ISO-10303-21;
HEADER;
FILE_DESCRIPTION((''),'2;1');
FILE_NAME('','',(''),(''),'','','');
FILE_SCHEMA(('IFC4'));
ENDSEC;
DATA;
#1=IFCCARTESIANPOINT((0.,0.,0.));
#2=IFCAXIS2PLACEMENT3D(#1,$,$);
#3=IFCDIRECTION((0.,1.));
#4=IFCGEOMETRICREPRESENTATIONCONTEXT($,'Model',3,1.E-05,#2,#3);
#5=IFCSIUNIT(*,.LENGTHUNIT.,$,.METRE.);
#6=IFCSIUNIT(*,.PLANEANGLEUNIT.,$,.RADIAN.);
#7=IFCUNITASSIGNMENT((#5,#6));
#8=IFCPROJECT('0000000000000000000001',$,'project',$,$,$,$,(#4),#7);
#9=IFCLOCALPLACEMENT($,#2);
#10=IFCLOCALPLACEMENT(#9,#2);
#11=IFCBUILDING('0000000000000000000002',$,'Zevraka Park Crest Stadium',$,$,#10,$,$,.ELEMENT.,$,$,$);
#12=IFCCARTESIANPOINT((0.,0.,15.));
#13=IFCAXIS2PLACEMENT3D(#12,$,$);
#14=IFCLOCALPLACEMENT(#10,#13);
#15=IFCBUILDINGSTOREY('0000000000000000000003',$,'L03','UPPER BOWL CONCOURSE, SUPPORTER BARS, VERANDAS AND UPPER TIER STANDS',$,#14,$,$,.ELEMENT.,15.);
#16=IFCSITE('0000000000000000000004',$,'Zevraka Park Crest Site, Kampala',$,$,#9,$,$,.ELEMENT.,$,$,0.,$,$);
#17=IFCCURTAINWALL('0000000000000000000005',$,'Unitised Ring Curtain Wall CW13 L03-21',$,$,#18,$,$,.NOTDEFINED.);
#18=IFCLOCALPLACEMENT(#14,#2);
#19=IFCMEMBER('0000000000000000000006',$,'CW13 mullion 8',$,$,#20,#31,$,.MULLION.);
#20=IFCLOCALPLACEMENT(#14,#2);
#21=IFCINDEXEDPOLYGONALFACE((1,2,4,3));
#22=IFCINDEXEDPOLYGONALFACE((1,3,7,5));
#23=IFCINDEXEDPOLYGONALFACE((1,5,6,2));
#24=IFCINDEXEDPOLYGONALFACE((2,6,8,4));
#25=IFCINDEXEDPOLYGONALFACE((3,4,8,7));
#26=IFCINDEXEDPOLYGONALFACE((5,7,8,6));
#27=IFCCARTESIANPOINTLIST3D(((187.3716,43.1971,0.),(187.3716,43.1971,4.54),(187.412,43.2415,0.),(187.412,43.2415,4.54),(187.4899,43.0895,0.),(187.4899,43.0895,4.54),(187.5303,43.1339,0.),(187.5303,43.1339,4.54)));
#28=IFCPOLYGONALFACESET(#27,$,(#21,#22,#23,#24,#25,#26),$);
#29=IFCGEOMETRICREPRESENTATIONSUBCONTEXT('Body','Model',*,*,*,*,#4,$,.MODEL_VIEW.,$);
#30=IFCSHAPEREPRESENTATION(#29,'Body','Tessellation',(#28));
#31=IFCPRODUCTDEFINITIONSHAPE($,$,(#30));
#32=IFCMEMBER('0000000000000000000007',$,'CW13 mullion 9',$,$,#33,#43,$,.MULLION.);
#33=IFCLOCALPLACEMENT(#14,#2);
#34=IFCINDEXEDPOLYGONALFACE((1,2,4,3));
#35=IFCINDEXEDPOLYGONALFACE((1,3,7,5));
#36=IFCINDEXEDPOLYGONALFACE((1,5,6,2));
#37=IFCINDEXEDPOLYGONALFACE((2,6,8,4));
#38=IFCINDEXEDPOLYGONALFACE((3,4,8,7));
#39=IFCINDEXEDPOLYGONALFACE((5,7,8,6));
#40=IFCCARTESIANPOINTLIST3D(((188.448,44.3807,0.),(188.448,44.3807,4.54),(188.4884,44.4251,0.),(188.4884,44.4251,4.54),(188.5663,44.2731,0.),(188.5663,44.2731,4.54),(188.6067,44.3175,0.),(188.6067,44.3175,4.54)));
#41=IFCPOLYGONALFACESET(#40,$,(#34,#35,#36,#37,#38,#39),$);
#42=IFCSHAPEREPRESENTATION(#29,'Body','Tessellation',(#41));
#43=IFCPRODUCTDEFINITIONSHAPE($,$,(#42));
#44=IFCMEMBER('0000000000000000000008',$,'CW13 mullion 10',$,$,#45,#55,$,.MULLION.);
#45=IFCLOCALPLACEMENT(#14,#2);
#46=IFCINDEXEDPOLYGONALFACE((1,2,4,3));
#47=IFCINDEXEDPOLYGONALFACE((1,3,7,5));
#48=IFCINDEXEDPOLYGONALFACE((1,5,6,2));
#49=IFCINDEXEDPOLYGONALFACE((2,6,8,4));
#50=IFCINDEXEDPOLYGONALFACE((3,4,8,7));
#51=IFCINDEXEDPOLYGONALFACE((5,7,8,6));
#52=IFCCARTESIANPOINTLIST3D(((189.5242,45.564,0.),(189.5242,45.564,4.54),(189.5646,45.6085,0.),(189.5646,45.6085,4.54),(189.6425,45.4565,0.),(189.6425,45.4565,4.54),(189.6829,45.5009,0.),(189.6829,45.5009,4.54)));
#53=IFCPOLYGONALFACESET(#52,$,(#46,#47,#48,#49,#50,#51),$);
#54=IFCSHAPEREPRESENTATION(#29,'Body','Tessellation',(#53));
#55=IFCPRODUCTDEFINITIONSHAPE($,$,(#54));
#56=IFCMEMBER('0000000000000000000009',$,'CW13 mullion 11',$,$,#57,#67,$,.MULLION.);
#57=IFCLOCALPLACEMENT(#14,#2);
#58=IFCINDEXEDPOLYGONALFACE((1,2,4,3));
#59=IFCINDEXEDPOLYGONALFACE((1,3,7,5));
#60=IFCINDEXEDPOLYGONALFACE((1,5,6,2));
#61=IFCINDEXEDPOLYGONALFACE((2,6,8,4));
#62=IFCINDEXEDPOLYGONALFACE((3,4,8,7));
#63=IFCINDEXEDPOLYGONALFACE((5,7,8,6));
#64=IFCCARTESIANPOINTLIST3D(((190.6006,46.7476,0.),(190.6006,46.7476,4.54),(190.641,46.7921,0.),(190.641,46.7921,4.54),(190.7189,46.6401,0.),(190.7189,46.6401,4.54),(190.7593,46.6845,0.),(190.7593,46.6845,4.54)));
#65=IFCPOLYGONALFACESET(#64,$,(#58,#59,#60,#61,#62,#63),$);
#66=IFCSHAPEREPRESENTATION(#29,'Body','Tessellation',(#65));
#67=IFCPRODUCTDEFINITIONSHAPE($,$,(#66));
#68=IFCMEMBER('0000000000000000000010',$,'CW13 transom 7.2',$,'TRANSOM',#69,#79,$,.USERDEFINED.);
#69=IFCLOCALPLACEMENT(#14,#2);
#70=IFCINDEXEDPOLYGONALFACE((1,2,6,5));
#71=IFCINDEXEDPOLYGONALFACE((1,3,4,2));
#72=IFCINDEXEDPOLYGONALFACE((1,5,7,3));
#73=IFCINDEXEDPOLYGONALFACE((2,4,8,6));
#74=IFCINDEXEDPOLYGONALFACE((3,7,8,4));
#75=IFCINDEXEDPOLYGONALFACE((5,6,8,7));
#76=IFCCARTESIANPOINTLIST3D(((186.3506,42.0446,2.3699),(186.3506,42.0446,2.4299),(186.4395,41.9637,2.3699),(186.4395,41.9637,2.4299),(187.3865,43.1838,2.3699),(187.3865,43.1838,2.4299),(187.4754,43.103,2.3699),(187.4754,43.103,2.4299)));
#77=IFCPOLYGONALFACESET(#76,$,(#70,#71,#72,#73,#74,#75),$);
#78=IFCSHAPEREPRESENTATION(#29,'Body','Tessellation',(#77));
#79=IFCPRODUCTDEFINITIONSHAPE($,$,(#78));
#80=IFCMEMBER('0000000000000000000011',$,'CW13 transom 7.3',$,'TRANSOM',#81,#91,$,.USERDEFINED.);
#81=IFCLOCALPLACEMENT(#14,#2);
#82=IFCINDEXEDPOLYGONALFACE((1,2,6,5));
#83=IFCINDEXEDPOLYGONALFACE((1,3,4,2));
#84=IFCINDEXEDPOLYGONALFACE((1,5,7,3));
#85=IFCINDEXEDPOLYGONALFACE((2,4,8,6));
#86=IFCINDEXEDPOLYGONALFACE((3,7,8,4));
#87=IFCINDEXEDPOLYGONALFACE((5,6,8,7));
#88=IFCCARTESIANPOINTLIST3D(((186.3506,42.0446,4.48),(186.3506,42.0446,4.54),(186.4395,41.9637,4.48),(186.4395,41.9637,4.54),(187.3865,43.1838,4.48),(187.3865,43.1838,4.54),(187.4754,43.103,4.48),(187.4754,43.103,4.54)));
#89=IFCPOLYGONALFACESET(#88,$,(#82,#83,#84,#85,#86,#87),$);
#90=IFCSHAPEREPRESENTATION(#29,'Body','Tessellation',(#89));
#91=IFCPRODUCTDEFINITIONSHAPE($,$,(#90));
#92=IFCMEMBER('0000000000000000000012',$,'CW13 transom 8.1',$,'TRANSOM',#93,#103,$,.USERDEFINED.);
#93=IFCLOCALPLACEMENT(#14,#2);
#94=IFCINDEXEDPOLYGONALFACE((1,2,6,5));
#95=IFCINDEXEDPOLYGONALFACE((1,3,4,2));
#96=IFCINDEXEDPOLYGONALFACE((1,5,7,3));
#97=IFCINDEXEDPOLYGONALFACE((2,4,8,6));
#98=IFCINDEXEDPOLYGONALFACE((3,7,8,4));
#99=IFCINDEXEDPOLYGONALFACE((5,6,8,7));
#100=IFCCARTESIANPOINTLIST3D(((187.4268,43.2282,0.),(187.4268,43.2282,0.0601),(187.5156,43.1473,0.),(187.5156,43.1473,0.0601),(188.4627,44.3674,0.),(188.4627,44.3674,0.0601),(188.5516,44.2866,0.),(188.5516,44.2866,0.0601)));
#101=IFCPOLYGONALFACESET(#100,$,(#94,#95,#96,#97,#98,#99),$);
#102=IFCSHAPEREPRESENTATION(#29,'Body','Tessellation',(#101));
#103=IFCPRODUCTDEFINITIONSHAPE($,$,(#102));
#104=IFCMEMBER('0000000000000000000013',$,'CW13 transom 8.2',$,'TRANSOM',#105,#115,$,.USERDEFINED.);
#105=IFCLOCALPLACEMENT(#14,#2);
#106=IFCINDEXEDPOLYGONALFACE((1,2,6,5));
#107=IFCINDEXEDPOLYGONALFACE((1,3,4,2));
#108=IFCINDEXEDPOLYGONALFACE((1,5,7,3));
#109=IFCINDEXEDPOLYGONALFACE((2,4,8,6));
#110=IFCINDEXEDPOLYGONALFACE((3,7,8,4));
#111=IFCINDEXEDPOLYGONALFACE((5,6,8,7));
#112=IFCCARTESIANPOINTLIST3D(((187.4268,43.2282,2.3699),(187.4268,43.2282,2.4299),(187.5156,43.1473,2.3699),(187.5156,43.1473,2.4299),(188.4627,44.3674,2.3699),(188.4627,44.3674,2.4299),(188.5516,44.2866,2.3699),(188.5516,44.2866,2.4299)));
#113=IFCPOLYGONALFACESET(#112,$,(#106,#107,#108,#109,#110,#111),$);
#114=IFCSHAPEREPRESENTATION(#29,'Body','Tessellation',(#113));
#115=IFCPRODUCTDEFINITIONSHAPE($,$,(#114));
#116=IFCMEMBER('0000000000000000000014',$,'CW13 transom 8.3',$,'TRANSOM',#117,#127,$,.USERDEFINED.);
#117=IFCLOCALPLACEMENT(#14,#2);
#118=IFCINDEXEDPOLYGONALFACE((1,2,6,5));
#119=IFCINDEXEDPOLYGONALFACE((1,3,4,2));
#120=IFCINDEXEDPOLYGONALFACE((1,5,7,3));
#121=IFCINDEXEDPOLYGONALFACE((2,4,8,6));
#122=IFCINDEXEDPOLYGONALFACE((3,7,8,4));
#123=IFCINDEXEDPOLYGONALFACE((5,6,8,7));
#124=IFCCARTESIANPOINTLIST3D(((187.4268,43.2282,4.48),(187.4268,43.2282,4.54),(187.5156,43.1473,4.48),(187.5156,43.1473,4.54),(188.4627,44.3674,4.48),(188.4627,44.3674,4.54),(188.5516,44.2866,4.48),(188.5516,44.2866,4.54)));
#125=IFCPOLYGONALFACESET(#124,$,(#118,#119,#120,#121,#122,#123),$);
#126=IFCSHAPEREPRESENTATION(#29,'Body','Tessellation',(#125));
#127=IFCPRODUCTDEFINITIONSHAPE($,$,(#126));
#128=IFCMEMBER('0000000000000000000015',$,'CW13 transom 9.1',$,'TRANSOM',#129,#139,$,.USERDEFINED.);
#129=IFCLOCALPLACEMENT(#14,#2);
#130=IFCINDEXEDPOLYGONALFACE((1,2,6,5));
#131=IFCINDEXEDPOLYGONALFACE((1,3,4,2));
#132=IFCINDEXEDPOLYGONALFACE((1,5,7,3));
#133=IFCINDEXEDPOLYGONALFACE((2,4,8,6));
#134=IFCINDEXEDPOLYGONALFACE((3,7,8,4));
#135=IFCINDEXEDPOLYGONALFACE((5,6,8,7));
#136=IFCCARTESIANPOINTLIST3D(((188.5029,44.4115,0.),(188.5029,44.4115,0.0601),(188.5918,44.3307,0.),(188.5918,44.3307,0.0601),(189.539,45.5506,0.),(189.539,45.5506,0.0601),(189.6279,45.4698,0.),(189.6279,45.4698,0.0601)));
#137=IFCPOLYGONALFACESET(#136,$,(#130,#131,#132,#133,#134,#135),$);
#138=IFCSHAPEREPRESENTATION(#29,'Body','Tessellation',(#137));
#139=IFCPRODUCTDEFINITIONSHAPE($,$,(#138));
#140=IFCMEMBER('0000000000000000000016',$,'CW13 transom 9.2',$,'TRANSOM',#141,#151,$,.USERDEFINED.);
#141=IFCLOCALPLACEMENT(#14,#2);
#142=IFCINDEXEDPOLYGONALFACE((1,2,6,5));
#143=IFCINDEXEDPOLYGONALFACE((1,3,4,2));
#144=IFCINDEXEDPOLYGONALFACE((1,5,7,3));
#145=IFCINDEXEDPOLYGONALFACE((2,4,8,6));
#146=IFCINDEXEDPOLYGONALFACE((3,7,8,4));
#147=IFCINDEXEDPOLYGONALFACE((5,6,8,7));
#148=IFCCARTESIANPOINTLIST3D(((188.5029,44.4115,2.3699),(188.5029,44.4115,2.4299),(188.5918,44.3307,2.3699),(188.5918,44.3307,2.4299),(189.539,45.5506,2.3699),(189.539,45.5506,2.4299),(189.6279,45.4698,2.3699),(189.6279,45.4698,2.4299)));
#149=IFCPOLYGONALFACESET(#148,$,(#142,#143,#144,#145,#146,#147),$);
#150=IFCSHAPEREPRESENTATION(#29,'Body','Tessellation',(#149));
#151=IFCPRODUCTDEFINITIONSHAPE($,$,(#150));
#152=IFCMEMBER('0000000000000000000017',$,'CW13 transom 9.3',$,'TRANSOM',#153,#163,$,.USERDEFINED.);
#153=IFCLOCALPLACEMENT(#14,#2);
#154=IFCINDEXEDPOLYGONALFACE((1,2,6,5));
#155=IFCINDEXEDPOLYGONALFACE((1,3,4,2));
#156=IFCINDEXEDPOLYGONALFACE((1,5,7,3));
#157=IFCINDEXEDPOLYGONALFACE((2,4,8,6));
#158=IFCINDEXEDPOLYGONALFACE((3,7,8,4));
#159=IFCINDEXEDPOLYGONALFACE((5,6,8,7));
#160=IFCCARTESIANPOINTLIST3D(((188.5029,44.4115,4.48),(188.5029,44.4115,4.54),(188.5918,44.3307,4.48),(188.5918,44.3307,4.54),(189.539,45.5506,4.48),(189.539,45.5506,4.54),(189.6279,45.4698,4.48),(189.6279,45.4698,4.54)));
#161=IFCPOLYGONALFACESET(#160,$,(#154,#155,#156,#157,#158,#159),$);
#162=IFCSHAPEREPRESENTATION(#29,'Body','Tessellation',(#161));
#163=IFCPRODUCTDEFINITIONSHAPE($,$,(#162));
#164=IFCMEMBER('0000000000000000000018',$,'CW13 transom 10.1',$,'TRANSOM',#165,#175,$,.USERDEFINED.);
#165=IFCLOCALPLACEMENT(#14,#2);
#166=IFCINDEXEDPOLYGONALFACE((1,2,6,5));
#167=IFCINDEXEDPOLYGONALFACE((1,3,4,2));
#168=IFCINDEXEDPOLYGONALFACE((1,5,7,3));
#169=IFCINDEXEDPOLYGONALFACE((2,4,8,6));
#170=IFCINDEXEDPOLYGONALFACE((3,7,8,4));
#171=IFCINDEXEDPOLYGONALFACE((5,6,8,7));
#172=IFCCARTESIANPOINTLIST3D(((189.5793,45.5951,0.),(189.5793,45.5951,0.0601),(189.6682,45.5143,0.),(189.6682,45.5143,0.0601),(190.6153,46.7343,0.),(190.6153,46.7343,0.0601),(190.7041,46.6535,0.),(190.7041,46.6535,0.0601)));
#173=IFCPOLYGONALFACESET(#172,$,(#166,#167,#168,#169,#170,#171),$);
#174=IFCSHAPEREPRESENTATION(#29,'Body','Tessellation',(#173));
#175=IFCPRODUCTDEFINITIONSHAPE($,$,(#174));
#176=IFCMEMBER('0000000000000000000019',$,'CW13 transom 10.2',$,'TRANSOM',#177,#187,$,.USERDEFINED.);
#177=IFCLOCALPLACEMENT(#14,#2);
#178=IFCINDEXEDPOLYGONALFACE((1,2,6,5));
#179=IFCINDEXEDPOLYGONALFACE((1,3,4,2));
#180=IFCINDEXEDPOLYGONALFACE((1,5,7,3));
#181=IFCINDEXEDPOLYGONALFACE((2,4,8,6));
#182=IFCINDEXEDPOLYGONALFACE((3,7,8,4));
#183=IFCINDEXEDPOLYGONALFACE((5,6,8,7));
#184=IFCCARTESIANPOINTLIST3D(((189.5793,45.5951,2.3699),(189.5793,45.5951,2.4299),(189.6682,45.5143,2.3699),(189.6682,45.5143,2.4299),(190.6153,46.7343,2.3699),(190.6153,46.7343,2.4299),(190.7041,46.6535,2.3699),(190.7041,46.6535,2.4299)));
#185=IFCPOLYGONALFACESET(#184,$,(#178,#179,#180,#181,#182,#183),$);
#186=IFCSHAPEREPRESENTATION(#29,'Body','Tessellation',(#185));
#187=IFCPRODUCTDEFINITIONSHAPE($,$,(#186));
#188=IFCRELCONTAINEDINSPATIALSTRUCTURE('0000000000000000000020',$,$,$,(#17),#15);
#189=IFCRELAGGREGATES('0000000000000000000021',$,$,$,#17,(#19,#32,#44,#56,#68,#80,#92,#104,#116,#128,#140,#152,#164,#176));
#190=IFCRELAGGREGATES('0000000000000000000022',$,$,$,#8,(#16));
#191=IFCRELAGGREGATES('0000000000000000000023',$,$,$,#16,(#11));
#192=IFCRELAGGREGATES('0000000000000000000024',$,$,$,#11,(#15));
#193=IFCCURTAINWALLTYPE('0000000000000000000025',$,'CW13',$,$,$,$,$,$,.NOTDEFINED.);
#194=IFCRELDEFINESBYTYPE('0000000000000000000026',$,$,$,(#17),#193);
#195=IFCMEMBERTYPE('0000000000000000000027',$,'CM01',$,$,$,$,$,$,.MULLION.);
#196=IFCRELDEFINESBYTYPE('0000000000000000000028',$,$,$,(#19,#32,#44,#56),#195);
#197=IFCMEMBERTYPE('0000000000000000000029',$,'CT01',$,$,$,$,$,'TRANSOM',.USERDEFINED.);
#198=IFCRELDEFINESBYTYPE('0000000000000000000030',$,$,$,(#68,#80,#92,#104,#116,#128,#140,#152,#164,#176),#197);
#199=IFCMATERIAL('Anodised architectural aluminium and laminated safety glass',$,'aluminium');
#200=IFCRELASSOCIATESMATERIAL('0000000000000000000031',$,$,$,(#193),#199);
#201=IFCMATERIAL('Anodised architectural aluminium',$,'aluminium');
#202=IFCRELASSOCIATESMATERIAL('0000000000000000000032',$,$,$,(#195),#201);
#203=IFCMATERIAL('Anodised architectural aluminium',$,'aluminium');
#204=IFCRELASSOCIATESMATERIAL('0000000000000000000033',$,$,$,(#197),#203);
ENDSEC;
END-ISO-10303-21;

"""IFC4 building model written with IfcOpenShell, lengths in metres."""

from ifc_helpers import new_model, si_unit, direction, frame, origin, origin_2d, place, context, subcontext, project, spatial, rectangle, extrude, material, material_profile, profile_set, type_object, element, aggregate, save


model = new_model("IFC4")

# Units and contexts
model_context = context("Model", 3, precision=1e-05, world=origin(), true_north=direction((0.0, 1.0)))
body_context = subcontext(model_context, "Body", "Model", "MODEL_VIEW")
ifc_project = project(units=[si_unit("LENGTHUNIT", "METRE"), si_unit("PLANEANGLEUNIT", "RADIAN")], contexts=[model_context])

# Site, building, storey
site_placement = place(None, origin())
site = spatial("IfcSite", under=ifc_project, at=site_placement, Name="Zevraka Park Crest Site, Kampala", CompositionType="ELEMENT", RefElevation=0.0)
building_placement = place(site_placement, origin())
building = spatial("IfcBuilding", under=site, at=building_placement, Name="Zevraka Park Crest Stadium", CompositionType="ELEMENT")
storey_placement = place(building_placement, frame((0.0, 0.0, 15.0)))
storey = spatial("IfcBuildingStorey", under=building, at=storey_placement, Name="L03", Description="UPPER BOWL CONCOURSE, SUPPORTER BARS, VERANDAS AND UPPER TIER STANDS", CompositionType="ELEMENT", Elevation=15.0)

# Curtain wall, members
ifc_material_1 = material(Name="Anodised architectural aluminium and laminated safety glass", Category="aluminium")
curtain_wall_type = type_object("IfcCurtainWallType", Name="CW13", PredefinedType="NOTDEFINED", material=ifc_material_1)
curtain_wall_placement = place(storey_placement, origin())
curtain_wall = element("IfcCurtainWall", 1, at=curtain_wall_placement, inside=storey, type_object=curtain_wall_type, Name="Unitised Ring Curtain Wall CW13 L03-21", PredefinedType="NOTDEFINED")
ifc_material_2 = material(Name="Anodised architectural aluminium", Category="aluminium")
ifc_material_profile_1 = material_profile(ifc_material_2, rectangle(XDim=0.1599, YDim=0.0601, at=origin_2d()), Name="ALU MULLION 160x60")
ifc_profile_set_1 = profile_set([ifc_material_profile_1], Name="Anodised architectural aluminium")
member_type_1 = type_object("IfcMemberType", Name="CM01", PredefinedType="MULLION", material=ifc_profile_set_1)
member_1_placement = place(storey_placement, frame((187.4509, 43.1655, 0.0), z_axis=(0.0, 0.0, 1.0), x_axis=(-0.739823, 0.672802, 0.0)))
member_1 = element("IfcMember", 2, at=member_1_placement, type_object=member_type_1, Name="CW13 mullion 8", PredefinedType="MULLION", context=body_context, shape_type="SweptSolid", body=[
    extrude(rectangle(XDim=0.1599, YDim=0.0601, at=origin_2d()), origin(), (0.0, 0.0, 1.0), 4.54),
])
member_2_placement = place(storey_placement, frame((188.5273, 44.3491, 0.0), z_axis=(0.0, 0.0, 1.0), x_axis=(-0.739823, 0.672802, 0.0)))
member_2 = element("IfcMember", 3, at=member_2_placement, type_object=member_type_1, Name="CW13 mullion 9", PredefinedType="MULLION", context=body_context, shape_type="SweptSolid", body=[
    extrude(rectangle(XDim=0.1599, YDim=0.0601, at=origin_2d()), origin(), (0.0, 0.0, 1.0), 4.54),
])
member_3_placement = place(storey_placement, frame((189.6035, 45.5325, 0.0), z_axis=(0.0, 0.0, 1.0), x_axis=(-0.739823, 0.672802, 0.0)))
member_3 = element("IfcMember", 4, at=member_3_placement, type_object=member_type_1, Name="CW13 mullion 10", PredefinedType="MULLION", context=body_context, shape_type="SweptSolid", body=[
    extrude(rectangle(XDim=0.1599, YDim=0.0601, at=origin_2d()), origin(), (0.0, 0.0, 1.0), 4.54),
])
member_4_placement = place(storey_placement, frame((190.6799, 46.7161, 0.0), z_axis=(0.0, 0.0, 1.0), x_axis=(-0.739823, 0.672802, 0.0)))
member_4 = element("IfcMember", 5, at=member_4_placement, type_object=member_type_1, Name="CW13 mullion 11", PredefinedType="MULLION", context=body_context, shape_type="SweptSolid", body=[
    extrude(rectangle(XDim=0.1599, YDim=0.0601, at=origin_2d()), origin(), (0.0, 0.0, 1.0), 4.54),
])
ifc_material_3 = material(Name="Anodised architectural aluminium", Category="aluminium")
ifc_material_profile_2 = material_profile(ifc_material_3, rectangle(XDim=0.1201, YDim=0.0601, at=origin_2d()), Name="ALU TRANSOM 120x60")
ifc_profile_set_2 = profile_set([ifc_material_profile_2], Name="Anodised architectural aluminium")
member_type_2 = type_object("IfcMemberType", Name="CT01", ElementType="TRANSOM", PredefinedType="USERDEFINED", material=ifc_profile_set_2)
member_5_placement = place(storey_placement, frame((186.395, 42.0042, 2.3999), z_axis=(0.672775, 0.739847, 0.0), x_axis=(-0.739847, 0.672775, 0.0)))
member_5 = element("IfcMember", 6, at=member_5_placement, type_object=member_type_2, Name="CW13 transom 7.2", ObjectType="TRANSOM", PredefinedType="USERDEFINED", context=body_context, shape_type="SweptSolid", body=[
    extrude(rectangle(XDim=0.1201, YDim=0.0601, at=origin_2d()), origin(), (0.0, 0.0, 1.0), 1.5398),
])
member_6_placement = place(storey_placement, frame((186.395, 42.0042, 4.51), z_axis=(0.672775, 0.739847, 0.0), x_axis=(-0.739847, 0.672775, 0.0)))
member_6 = element("IfcMember", 7, at=member_6_placement, type_object=member_type_2, Name="CW13 transom 7.3", ObjectType="TRANSOM", PredefinedType="USERDEFINED", context=body_context, shape_type="SweptSolid", body=[
    extrude(rectangle(XDim=0.1201, YDim=0.0601, at=origin_2d()), origin(), (0.0, 0.0, 1.0), 1.5398),
])
member_7_placement = place(storey_placement, frame((187.4712, 43.1877, 0.03), z_axis=(0.672775, 0.739847, 0.0), x_axis=(-0.739847, 0.672775, 0.0)))
member_7 = element("IfcMember", 8, at=member_7_placement, type_object=member_type_2, Name="CW13 transom 8.1", ObjectType="TRANSOM", PredefinedType="USERDEFINED", context=body_context, shape_type="SweptSolid", body=[
    extrude(rectangle(XDim=0.1201, YDim=0.0601, at=origin_2d()), origin(), (0.0, 0.0, 1.0), 1.5398),
])
member_8_placement = place(storey_placement, frame((187.4712, 43.1877, 2.3999), z_axis=(0.672775, 0.739847, 0.0), x_axis=(-0.739847, 0.672775, 0.0)))
member_8 = element("IfcMember", 9, at=member_8_placement, type_object=member_type_2, Name="CW13 transom 8.2", ObjectType="TRANSOM", PredefinedType="USERDEFINED", context=body_context, shape_type="SweptSolid", body=[
    extrude(rectangle(XDim=0.1201, YDim=0.0601, at=origin_2d()), origin(), (0.0, 0.0, 1.0), 1.5398),
])
member_9_placement = place(storey_placement, frame((187.4712, 43.1877, 4.51), z_axis=(0.672775, 0.739847, 0.0), x_axis=(-0.739847, 0.672775, 0.0)))
member_9 = element("IfcMember", 10, at=member_9_placement, type_object=member_type_2, Name="CW13 transom 8.3", ObjectType="TRANSOM", PredefinedType="USERDEFINED", context=body_context, shape_type="SweptSolid", body=[
    extrude(rectangle(XDim=0.1201, YDim=0.0601, at=origin_2d()), origin(), (0.0, 0.0, 1.0), 1.5398),
])
member_10_placement = place(storey_placement, frame((188.5474, 44.3711, 0.03), z_axis=(0.672862, 0.739768, 0.0), x_axis=(-0.739768, 0.672862, 0.0)))
member_10 = element("IfcMember", 11, at=member_10_placement, type_object=member_type_2, Name="CW13 transom 9.1", ObjectType="TRANSOM", PredefinedType="USERDEFINED", context=body_context, shape_type="SweptSolid", body=[
    extrude(rectangle(XDim=0.1201, YDim=0.0601, at=origin_2d()), origin(), (0.0, 0.0, 1.0), 1.5398),
])
member_11_placement = place(storey_placement, frame((188.5474, 44.3711, 2.3999), z_axis=(0.672862, 0.739768, 0.0), x_axis=(-0.739768, 0.672862, 0.0)))
member_11 = element("IfcMember", 12, at=member_11_placement, type_object=member_type_2, Name="CW13 transom 9.2", ObjectType="TRANSOM", PredefinedType="USERDEFINED", context=body_context, shape_type="SweptSolid", body=[
    extrude(rectangle(XDim=0.1201, YDim=0.0601, at=origin_2d()), origin(), (0.0, 0.0, 1.0), 1.5398),
])
member_12_placement = place(storey_placement, frame((188.5474, 44.3711, 4.51), z_axis=(0.672862, 0.739768, 0.0), x_axis=(-0.739768, 0.672862, 0.0)))
member_12 = element("IfcMember", 13, at=member_12_placement, type_object=member_type_2, Name="CW13 transom 9.3", ObjectType="TRANSOM", PredefinedType="USERDEFINED", context=body_context, shape_type="SweptSolid", body=[
    extrude(rectangle(XDim=0.1201, YDim=0.0601, at=origin_2d()), origin(), (0.0, 0.0, 1.0), 1.5398),
])
member_13_placement = place(storey_placement, frame((189.6238, 45.5547, 0.03), z_axis=(0.672775, 0.739847, 0.0), x_axis=(-0.739847, 0.672775, 0.0)))
member_13 = element("IfcMember", 14, at=member_13_placement, type_object=member_type_2, Name="CW13 transom 10.1", ObjectType="TRANSOM", PredefinedType="USERDEFINED", context=body_context, shape_type="SweptSolid", body=[
    extrude(rectangle(XDim=0.1201, YDim=0.0601, at=origin_2d()), origin(), (0.0, 0.0, 1.0), 1.5398),
])
member_14_placement = place(storey_placement, frame((189.6238, 45.5547, 2.3999), z_axis=(0.672775, 0.739847, 0.0), x_axis=(-0.739847, 0.672775, 0.0)))
member_14 = element("IfcMember", 15, at=member_14_placement, type_object=member_type_2, Name="CW13 transom 10.2", ObjectType="TRANSOM", PredefinedType="USERDEFINED", context=body_context, shape_type="SweptSolid", body=[
    extrude(rectangle(XDim=0.1201, YDim=0.0601, at=origin_2d()), origin(), (0.0, 0.0, 1.0), 1.5398),
])
aggregate(curtain_wall, [member_1, member_2, member_3, member_4, member_5, member_6, member_7, member_8, member_9, member_10, member_11, member_12, member_13, member_14])

save(model, "model.ifc")
